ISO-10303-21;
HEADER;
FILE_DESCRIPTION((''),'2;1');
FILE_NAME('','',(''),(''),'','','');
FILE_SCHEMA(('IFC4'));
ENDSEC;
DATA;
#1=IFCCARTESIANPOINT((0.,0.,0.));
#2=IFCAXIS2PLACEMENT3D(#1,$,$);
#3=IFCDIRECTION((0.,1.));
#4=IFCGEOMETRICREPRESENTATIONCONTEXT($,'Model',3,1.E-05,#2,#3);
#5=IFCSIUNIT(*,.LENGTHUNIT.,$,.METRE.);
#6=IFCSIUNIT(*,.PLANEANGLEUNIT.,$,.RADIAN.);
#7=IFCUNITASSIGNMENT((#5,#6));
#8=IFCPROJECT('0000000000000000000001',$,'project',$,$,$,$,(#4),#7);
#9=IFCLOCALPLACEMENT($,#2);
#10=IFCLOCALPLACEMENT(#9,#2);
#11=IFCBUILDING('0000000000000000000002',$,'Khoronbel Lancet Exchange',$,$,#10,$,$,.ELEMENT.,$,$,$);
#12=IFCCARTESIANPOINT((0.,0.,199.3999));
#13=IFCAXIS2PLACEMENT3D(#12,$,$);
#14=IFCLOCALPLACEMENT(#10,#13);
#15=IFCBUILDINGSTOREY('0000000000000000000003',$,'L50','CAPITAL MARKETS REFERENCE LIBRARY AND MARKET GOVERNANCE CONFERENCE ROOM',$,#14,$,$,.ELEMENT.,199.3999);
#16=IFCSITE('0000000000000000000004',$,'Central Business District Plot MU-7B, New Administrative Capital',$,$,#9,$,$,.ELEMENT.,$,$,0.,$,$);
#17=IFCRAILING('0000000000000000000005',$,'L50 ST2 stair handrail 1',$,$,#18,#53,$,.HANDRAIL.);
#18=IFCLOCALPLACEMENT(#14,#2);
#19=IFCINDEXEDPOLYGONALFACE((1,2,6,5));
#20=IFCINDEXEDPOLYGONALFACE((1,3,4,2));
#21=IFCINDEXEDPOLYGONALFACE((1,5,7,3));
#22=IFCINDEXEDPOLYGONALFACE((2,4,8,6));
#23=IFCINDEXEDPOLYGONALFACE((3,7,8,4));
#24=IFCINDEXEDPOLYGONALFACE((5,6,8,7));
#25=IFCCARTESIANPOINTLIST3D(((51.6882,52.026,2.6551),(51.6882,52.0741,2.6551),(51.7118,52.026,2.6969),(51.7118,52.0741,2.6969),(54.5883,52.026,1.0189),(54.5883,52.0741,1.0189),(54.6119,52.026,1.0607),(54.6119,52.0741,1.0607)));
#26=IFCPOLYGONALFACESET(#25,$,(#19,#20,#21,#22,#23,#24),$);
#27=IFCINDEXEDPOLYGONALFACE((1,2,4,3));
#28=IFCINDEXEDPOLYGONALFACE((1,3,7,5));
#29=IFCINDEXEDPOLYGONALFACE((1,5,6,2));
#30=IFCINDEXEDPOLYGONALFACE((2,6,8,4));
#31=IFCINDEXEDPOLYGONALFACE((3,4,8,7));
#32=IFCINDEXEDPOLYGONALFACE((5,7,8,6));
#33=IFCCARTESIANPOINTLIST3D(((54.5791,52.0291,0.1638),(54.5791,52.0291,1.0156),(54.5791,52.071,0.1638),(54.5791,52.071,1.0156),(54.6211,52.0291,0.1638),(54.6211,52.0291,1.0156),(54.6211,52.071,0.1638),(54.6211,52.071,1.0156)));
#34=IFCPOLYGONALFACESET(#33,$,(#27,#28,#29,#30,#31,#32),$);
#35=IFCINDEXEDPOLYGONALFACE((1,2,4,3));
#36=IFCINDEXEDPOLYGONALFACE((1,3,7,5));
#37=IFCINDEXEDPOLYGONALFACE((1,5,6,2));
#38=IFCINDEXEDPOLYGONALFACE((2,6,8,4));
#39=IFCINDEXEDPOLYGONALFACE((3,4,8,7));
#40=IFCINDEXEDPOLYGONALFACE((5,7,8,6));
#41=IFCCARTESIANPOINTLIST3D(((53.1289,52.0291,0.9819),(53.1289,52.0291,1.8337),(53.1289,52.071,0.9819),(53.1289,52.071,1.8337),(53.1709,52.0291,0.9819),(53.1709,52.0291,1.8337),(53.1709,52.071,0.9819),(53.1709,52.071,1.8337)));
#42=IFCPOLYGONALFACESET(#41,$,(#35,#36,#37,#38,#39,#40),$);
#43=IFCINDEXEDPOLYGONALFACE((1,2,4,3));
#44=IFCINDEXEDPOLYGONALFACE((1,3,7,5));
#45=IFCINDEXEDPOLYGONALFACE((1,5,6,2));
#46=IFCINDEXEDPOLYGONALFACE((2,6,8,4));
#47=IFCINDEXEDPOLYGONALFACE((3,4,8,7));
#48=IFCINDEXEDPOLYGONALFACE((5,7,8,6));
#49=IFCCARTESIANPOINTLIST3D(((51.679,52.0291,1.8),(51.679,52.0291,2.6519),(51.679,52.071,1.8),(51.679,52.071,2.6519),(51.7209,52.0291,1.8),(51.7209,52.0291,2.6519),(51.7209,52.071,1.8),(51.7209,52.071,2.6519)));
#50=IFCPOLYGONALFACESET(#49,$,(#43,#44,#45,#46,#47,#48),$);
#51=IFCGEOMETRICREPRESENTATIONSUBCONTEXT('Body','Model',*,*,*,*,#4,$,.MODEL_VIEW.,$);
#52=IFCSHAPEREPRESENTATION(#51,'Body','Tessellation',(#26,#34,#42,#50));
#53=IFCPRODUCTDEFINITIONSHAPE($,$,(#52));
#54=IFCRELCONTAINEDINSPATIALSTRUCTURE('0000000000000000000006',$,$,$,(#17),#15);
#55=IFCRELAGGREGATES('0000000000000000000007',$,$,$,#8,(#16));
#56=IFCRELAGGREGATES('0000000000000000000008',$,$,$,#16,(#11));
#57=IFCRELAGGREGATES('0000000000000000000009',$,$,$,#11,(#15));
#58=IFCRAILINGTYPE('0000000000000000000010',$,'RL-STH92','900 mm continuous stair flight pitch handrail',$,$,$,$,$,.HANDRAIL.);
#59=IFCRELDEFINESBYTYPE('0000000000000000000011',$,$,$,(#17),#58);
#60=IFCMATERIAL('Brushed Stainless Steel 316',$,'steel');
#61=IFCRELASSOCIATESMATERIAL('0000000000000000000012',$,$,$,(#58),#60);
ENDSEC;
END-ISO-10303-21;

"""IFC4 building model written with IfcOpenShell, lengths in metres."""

from ifc_helpers import new_model, si_unit, direction, frame, origin, origin_2d, place, context, subcontext, project, spatial, rectangle, extrude, material, type_object, element, save


model = new_model("IFC4")

# Units and contexts
model_context = context("Model", 3, precision=1e-05, world=origin(), true_north=direction((0.0, 1.0)))
body_context = subcontext(model_context, "Body", "Model", "MODEL_VIEW")
ifc_project = project(units=[si_unit("LENGTHUNIT", "METRE"), si_unit("PLANEANGLEUNIT", "RADIAN")], contexts=[model_context])

# Site, building, storey
site_placement = place(None, origin())
site = spatial("IfcSite", under=ifc_project, at=site_placement, Name="Central Business District Plot MU-7B, New Administrative Capital", CompositionType="ELEMENT", RefElevation=0.0)
building_placement = place(site_placement, origin())
building = spatial("IfcBuilding", under=site, at=building_placement, Name="Khoronbel Lancet Exchange", CompositionType="ELEMENT")
storey_placement = place(building_placement, frame((0.0, 0.0, 199.3999)))
storey = spatial("IfcBuildingStorey", under=building, at=storey_placement, Name="L50", Description="CAPITAL MARKETS REFERENCE LIBRARY AND MARKET GOVERNANCE CONFERENCE ROOM", CompositionType="ELEMENT", Elevation=199.3999)

# Railing
ifc_material_1 = material(Name="Brushed Stainless Steel 316", Category="steel")
railing_type_1 = type_object("IfcRailingType", Name="RL-STH92", Description="900 mm continuous stair flight pitch handrail", PredefinedType="HANDRAIL", material=ifc_material_1)
railing_1_placement = place(storey_placement, frame((54.6001, 52.05, 0.1638)))
element("IfcRailing", 1, at=railing_1_placement, inside=storey, type_object=railing_type_1, Name="L50 ST2 stair handrail 1", PredefinedType="HANDRAIL", context=body_context, shape_type="SweptSolid", body=[
    extrude(rectangle(XDim=0.0481, YDim=0.0481, at=origin_2d()), frame((0.0, 0.0, 0.876), z_axis=(-0.870946, 0.0, 0.491378), x_axis=(0.0, -1.0, 0.0)), (0.0, 0.0, 1.0), 3.3298),
    extrude(rectangle(XDim=0.042, YDim=0.042, at=origin_2d()), origin(), (0.0, 0.0, 1.0), 0.8518),
    extrude(rectangle(XDim=0.042, YDim=0.042, at=origin_2d()), frame((-1.4502, 0.0, 0.8181)), (0.0, 0.0, 1.0), 0.8518),
    extrude(rectangle(XDim=0.042, YDim=0.042, at=origin_2d()), frame((-2.9001, 0.0, 1.6362)), (0.0, 0.0, 1.0), 0.8518),
])

save(model, "model.ifc")
